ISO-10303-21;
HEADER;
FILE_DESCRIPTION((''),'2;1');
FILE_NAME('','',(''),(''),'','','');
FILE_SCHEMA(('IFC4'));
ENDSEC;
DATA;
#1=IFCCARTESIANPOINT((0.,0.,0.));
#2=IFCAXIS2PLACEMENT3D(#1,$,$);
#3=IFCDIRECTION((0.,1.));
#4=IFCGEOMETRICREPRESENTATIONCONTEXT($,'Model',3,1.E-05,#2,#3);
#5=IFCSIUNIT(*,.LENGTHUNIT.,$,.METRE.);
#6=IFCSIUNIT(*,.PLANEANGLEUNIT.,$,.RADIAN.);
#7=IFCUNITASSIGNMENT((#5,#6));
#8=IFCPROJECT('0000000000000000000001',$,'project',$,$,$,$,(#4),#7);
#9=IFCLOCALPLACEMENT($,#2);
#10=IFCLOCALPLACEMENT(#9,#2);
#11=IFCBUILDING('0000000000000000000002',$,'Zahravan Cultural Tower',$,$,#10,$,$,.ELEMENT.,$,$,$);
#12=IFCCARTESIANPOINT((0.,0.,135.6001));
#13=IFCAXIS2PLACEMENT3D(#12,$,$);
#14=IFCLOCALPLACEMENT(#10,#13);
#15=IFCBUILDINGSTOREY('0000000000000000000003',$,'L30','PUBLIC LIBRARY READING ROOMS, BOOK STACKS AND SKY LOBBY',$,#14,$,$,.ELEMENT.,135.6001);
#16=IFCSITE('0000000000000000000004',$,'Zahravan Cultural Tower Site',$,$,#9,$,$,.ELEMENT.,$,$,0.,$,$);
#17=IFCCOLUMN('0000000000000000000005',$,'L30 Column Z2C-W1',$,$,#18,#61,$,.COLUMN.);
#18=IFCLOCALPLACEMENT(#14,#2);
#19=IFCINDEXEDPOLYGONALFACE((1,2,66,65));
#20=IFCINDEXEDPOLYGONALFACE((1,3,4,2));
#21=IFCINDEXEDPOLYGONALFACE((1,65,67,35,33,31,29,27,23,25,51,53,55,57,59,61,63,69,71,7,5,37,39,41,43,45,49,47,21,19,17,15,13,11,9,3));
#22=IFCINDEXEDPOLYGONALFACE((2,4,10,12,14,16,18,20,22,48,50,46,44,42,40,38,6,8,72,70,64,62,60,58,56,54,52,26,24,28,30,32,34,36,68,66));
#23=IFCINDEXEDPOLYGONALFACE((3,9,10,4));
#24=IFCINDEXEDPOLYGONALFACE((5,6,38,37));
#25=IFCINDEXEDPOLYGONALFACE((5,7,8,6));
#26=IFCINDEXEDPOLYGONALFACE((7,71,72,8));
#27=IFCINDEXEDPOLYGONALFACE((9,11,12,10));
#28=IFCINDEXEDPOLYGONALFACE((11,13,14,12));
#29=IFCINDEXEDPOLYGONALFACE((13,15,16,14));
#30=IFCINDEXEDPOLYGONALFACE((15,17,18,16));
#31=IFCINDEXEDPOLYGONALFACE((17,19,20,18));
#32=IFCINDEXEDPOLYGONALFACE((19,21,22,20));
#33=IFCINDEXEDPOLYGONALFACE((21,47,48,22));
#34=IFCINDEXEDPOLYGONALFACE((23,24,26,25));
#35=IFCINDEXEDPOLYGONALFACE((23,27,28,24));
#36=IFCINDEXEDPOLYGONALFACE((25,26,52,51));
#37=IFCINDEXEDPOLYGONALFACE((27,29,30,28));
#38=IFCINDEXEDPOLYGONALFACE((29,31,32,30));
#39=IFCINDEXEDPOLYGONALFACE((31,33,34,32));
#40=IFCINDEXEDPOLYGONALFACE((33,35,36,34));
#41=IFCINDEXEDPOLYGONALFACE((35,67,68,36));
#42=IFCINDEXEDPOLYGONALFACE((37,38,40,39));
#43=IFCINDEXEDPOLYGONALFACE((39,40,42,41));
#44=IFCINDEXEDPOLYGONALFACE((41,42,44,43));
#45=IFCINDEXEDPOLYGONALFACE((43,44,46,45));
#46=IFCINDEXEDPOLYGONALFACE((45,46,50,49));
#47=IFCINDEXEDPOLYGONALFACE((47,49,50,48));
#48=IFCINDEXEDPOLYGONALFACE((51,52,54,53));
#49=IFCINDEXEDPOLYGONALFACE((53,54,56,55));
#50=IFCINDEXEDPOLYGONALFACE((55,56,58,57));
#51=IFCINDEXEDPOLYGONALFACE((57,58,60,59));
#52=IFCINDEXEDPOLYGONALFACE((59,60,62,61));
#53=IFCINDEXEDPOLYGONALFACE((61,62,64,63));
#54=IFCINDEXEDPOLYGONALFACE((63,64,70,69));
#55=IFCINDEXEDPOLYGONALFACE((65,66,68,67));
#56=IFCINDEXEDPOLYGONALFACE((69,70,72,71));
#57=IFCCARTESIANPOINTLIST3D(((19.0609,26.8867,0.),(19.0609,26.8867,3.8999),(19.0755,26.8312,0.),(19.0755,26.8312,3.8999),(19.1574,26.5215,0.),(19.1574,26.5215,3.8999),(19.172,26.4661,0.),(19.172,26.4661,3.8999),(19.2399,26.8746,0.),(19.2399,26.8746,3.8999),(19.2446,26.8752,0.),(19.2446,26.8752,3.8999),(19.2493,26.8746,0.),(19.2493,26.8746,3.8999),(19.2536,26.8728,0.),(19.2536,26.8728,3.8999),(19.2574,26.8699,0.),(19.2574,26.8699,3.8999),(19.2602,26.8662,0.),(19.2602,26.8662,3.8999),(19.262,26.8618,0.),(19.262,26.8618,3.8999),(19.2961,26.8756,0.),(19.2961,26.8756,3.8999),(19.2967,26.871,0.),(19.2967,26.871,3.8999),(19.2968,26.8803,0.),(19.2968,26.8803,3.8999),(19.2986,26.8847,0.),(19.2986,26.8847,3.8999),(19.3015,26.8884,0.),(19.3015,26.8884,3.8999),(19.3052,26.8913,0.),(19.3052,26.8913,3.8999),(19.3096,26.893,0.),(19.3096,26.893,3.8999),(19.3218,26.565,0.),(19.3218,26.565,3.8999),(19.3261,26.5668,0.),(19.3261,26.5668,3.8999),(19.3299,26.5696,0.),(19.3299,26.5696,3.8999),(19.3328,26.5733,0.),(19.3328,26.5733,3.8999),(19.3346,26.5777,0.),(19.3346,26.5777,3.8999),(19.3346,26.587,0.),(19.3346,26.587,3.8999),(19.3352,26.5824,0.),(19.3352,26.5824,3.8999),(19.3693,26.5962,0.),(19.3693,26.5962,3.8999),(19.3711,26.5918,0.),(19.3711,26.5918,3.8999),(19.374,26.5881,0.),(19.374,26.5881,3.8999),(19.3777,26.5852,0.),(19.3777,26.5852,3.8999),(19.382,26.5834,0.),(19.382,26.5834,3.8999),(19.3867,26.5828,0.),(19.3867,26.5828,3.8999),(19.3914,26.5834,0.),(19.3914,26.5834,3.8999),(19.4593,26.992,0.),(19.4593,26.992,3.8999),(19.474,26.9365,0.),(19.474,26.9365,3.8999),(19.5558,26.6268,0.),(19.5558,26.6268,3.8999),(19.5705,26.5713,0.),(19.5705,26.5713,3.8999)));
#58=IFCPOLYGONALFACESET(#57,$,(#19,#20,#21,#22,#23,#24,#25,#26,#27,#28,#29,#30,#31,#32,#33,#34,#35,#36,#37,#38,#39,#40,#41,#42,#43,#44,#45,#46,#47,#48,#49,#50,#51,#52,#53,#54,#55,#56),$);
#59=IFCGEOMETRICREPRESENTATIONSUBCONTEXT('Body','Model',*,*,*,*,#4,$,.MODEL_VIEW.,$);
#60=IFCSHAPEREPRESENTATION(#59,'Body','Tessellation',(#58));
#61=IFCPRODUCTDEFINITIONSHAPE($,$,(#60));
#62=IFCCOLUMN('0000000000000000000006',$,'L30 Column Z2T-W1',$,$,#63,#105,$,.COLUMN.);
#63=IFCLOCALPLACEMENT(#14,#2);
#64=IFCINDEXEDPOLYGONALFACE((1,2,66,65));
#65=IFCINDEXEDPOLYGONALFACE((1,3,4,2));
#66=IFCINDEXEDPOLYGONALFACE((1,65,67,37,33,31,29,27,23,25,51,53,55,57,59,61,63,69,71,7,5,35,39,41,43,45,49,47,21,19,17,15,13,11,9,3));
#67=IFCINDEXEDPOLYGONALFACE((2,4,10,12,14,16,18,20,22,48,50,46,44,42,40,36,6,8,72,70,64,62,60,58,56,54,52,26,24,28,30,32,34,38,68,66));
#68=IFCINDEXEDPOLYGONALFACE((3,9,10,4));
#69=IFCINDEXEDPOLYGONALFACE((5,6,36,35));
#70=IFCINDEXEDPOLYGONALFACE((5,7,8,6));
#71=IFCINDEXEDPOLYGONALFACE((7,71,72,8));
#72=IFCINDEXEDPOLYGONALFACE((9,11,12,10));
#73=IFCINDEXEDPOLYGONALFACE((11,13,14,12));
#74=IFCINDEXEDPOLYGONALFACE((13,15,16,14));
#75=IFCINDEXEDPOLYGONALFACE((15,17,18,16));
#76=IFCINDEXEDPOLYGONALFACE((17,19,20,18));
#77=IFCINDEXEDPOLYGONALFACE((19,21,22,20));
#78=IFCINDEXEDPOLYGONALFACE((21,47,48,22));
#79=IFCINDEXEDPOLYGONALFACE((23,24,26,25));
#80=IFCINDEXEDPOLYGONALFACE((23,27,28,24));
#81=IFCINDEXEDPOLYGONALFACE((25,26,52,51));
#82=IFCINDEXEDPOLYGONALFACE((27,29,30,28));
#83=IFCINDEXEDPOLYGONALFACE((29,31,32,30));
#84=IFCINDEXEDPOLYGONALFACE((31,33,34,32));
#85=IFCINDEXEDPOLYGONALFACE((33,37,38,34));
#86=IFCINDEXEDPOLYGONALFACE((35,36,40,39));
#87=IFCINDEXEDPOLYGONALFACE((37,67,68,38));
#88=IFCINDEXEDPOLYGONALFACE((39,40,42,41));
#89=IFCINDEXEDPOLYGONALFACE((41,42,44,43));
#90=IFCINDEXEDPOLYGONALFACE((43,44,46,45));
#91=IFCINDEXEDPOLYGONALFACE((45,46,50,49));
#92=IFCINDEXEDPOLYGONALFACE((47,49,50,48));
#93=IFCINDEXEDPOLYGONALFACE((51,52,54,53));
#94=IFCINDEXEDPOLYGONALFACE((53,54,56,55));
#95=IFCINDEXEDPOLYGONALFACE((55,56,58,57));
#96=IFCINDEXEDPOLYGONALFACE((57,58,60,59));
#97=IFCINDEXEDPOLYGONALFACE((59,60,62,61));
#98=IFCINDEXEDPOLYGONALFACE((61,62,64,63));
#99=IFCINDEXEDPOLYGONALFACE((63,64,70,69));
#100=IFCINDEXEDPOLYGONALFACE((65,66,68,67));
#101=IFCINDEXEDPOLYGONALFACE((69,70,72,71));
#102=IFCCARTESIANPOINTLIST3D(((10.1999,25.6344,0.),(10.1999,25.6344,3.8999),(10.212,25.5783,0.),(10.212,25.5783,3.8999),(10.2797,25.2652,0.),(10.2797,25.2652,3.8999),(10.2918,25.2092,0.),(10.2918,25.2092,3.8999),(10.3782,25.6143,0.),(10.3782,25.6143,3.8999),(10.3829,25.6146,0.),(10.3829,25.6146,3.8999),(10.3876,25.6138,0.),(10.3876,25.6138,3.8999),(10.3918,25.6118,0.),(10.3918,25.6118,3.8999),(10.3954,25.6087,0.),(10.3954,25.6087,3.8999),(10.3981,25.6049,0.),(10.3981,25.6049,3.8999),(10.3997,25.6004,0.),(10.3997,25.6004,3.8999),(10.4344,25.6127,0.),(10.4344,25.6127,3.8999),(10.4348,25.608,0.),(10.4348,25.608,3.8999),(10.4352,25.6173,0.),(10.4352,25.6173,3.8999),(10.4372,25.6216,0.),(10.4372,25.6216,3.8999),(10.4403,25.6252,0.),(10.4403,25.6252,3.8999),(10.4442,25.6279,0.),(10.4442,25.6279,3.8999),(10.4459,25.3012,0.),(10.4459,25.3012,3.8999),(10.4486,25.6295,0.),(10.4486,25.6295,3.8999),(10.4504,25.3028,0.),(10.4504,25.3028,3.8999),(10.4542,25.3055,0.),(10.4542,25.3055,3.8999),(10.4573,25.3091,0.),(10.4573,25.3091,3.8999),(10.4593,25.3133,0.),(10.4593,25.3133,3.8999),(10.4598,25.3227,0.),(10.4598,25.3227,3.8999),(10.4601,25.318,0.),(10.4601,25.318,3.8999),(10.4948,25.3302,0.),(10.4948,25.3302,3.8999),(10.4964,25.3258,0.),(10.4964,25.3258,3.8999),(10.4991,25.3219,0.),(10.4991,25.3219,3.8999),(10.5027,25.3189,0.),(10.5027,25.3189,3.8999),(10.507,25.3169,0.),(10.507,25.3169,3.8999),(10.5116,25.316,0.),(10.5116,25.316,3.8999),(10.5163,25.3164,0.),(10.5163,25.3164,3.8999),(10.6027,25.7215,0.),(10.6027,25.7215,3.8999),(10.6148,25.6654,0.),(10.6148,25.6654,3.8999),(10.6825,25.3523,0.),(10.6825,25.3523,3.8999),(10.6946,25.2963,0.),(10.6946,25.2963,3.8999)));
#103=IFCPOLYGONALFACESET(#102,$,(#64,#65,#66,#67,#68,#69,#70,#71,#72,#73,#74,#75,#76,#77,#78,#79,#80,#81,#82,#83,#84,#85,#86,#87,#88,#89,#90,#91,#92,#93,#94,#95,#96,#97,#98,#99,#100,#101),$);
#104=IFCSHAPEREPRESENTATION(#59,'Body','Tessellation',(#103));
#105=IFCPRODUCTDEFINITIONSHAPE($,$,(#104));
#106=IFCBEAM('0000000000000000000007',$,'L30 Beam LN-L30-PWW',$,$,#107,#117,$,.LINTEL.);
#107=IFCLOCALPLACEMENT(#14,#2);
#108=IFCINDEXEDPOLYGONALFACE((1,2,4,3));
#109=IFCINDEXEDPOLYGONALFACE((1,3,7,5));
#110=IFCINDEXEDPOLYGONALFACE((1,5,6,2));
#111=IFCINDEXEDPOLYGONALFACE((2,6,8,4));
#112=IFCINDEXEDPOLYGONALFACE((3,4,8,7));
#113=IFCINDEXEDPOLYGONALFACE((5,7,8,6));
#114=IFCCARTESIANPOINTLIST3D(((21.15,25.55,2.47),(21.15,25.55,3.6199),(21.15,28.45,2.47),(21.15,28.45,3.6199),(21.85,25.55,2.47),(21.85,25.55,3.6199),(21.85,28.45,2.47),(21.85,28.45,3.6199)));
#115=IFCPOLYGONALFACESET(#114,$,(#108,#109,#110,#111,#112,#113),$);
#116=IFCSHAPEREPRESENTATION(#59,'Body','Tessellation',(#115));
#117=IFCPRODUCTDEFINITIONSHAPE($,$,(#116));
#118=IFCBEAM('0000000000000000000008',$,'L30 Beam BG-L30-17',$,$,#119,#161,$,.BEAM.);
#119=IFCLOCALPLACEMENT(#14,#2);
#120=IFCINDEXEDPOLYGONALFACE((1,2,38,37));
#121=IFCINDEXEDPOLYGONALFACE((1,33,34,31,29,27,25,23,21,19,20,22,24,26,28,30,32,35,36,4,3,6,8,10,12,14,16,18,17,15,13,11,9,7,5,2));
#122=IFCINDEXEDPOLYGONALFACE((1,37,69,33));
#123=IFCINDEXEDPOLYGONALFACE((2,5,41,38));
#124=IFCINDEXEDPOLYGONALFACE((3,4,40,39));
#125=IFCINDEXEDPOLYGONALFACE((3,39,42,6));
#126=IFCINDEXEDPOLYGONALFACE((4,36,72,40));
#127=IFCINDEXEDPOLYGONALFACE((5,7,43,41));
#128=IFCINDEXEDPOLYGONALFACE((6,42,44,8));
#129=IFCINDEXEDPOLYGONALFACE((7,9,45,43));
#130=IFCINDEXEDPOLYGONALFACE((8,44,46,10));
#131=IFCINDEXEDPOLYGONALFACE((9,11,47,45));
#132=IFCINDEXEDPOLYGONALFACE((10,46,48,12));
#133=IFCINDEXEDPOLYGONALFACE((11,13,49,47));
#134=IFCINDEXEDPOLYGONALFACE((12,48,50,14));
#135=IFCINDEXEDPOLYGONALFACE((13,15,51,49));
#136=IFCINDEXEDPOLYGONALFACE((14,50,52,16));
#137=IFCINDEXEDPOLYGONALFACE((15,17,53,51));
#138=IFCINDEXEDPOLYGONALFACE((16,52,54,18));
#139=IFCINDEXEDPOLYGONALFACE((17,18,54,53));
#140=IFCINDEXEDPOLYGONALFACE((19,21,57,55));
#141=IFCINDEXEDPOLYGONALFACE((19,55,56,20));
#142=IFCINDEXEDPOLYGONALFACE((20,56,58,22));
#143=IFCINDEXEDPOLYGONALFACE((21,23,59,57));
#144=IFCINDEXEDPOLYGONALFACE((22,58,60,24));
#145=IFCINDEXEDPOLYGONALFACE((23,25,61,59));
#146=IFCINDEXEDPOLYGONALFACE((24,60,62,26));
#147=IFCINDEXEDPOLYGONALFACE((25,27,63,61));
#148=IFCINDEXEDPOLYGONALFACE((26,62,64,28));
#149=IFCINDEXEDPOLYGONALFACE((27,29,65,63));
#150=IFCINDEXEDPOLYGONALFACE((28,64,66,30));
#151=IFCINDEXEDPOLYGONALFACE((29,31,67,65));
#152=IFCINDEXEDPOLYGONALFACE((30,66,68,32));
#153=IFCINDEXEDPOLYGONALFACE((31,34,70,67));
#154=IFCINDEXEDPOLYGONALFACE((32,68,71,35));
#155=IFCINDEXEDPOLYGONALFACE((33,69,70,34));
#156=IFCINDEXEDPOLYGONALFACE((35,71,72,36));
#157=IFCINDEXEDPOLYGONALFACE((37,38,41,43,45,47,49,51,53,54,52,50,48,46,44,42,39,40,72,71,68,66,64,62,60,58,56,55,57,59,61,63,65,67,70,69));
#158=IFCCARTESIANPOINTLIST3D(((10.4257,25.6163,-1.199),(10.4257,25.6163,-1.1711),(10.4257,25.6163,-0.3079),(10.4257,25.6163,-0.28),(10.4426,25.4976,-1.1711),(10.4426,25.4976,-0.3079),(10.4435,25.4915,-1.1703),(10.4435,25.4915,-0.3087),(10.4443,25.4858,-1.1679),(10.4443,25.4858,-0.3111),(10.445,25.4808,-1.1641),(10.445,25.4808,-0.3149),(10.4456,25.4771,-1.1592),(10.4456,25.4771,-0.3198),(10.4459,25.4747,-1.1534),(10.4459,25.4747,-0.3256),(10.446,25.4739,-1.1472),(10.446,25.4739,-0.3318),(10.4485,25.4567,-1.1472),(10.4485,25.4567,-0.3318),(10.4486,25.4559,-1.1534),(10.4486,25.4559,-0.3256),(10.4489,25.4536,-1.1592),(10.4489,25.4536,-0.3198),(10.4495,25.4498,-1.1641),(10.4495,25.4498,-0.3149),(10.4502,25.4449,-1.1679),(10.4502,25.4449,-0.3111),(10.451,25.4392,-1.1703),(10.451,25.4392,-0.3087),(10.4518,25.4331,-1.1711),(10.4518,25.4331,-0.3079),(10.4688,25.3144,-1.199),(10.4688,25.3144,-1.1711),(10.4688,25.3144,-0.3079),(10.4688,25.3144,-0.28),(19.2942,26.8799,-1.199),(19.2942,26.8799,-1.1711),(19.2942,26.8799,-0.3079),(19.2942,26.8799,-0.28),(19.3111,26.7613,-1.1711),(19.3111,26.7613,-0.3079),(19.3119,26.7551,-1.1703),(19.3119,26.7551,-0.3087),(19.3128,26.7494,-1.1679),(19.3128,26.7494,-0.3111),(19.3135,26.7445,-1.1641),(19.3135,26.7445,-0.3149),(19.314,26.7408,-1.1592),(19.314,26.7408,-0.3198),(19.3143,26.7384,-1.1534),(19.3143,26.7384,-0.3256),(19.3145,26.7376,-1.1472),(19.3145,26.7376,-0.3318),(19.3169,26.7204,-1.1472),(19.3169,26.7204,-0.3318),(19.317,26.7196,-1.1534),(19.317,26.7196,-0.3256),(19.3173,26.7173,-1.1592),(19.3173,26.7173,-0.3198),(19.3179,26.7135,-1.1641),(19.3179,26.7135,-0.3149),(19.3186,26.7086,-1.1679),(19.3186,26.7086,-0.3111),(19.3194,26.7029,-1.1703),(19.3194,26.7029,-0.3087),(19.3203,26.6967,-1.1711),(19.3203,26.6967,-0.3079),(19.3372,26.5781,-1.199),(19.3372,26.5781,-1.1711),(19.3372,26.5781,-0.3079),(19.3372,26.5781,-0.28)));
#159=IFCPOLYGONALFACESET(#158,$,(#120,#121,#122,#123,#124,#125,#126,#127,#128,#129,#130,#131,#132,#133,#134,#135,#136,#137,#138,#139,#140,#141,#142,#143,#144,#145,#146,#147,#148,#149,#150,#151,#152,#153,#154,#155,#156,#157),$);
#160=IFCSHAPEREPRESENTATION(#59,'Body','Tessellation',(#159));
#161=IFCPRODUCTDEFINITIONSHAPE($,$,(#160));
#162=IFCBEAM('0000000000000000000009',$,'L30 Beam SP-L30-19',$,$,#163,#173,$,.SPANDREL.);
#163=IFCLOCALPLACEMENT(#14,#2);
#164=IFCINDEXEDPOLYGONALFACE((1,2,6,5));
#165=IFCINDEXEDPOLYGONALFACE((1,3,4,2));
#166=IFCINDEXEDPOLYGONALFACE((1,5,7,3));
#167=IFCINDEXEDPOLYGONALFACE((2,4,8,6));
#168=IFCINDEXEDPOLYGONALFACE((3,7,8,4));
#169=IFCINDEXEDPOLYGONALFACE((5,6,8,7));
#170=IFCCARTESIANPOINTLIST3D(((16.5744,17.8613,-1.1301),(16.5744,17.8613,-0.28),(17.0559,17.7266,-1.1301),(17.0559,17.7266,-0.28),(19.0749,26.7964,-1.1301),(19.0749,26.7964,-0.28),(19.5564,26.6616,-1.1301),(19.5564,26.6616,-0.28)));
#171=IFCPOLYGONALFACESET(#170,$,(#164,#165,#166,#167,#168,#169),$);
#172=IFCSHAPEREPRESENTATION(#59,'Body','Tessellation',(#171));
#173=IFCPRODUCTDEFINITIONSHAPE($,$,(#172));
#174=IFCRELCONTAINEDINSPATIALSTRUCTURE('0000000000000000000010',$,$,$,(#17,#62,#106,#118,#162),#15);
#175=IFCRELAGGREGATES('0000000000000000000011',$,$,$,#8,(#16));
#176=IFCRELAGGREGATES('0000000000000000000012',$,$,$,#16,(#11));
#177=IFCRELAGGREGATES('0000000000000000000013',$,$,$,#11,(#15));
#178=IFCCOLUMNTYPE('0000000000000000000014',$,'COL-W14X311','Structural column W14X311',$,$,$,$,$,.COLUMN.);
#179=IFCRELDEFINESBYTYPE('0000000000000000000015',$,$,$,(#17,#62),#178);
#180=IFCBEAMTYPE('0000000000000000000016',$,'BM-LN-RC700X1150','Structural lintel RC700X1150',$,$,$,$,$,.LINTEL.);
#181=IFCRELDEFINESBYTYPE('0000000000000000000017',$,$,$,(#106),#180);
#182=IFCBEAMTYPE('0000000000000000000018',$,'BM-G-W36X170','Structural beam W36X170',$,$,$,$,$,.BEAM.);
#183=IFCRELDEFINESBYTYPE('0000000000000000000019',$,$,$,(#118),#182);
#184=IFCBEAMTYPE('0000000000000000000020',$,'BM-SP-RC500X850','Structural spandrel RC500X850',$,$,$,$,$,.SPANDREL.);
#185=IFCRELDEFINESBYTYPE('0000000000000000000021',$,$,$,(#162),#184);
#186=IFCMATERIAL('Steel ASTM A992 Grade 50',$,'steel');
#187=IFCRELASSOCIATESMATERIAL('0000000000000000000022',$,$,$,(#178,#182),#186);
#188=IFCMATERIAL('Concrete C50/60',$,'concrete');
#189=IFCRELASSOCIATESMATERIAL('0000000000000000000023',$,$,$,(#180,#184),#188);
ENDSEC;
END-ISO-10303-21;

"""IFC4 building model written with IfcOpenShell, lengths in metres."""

from ifc_helpers import new_model, si_unit, direction, frame, origin, origin_2d, place, context, subcontext, project, spatial, rectangle, i_section, extrude, source, transform, mapped, material, material_profile, profile_set, type_object, element, save


model = new_model("IFC4")

# Units and contexts
model_context = context("Model", 3, precision=1e-05, world=origin(), true_north=direction((0.0, 1.0)))
body_context = subcontext(model_context, "Body", "Model", "MODEL_VIEW")
ifc_project = project(units=[si_unit("LENGTHUNIT", "METRE"), si_unit("PLANEANGLEUNIT", "RADIAN")], contexts=[model_context])

# Site, building, storey
site_placement = place(None, origin())
site = spatial("IfcSite", under=ifc_project, at=site_placement, Name="Zahravan Cultural Tower Site", CompositionType="ELEMENT", RefElevation=0.0)
building_placement = place(site_placement, origin())
building = spatial("IfcBuilding", under=site, at=building_placement, Name="Zahravan Cultural Tower", CompositionType="ELEMENT")
storey_placement = place(building_placement, frame((0.0, 0.0, 135.6001)))
storey = spatial("IfcBuildingStorey", under=building, at=storey_placement, Name="L30", Description="PUBLIC LIBRARY READING ROOMS, BOOK STACKS AND SKY LOBBY", CompositionType="ELEMENT", Elevation=135.6001)

# Columns
ifc_material_1 = material(Name="Steel ASTM A992 Grade 50", Category="steel")
ifc_material_profile_1 = material_profile(ifc_material_1, i_section(OverallWidth=0.4121, OverallDepth=0.4351, WebThickness=0.0359, FlangeThickness=0.0574, FilletRadius=0.0181, at=origin_2d()), Name="W14X311")
ifc_profile_set_1 = profile_set([ifc_material_profile_1], Name="Steel ASTM A992 Grade 50")
column_type = type_object("IfcColumnType", Name="COL-W14X311", Description="Structural column W14X311", PredefinedType="COLUMN", material=ifc_profile_set_1)
shared_shape_1 = source(origin(), body_context, "Body", "SweptSolid", [
    extrude(i_section(OverallWidth=0.4121, OverallDepth=0.4351, WebThickness=0.0359, FlangeThickness=0.0574, FilletRadius=0.0181, at=origin_2d()), origin(), (0.0, 0.0, 1.0), 3.8999),
])
for number, where, z_axis, x_axis, name in (
    (1, (19.3157, 26.729, 0.0), (0.0, 0.0, 1.0), (0.966823, 0.255446, 0.0), "L30 Column Z2C-W1"),
    (2, (10.4473, 25.4653, 0.0), (0.0, 0.0, 1.0), (0.977416, 0.211325, 0.0), "L30 Column Z2T-W1"),
):
    element("IfcColumn", number, at=place(storey_placement, frame(where, z_axis=z_axis, x_axis=x_axis)), inside=storey, type_object=column_type, Name=name, PredefinedType="COLUMN", context=body_context, shape_type="MappedRepresentation", body=[
        mapped(shared_shape_1, transform((0.0, 0.0, 0.0), x_axis=(1.0, 0.0, 0.0), y_axis=(0.0, 1.0, 0.0), z_axis=(0.0, 0.0, 1.0), scale=1.0)),
    ])

# Beams
ifc_material_2 = material(Name="Concrete C50/60", Category="concrete")
ifc_material_profile_2 = material_profile(ifc_material_2, rectangle(XDim=0.7, YDim=1.1499, at=origin_2d()), Name="RC700X1150")
ifc_profile_set_2 = profile_set([ifc_material_profile_2], Name="Concrete C50/60")
beam_type_1 = type_object("IfcBeamType", Name="BM-LN-RC700X1150", Description="Structural lintel RC700X1150", PredefinedType="LINTEL", material=ifc_profile_set_2)
shared_shape_2 = source(origin(), body_context, "Body", "SweptSolid", [
    extrude(rectangle(XDim=0.7, YDim=1.1499, at=origin_2d()), origin(), (0.0, 0.0, 1.0), 2.8999),
])
beam_1_placement = place(storey_placement, frame((21.5, 25.55, 3.0449), z_axis=(0.0, 1.0, 0.0), x_axis=(-1.0, 0.0, 0.0)))
element("IfcBeam", 3, at=beam_1_placement, inside=storey, type_object=beam_type_1, Name="L30 Beam LN-L30-PWW", PredefinedType="LINTEL", context=body_context, shape_type="MappedRepresentation", body=[
    mapped(shared_shape_2, transform((0.0, 0.0, 0.0), x_axis=(1.0, 0.0, 0.0), y_axis=(0.0, 1.0, 0.0), z_axis=(0.0, 0.0, 1.0), scale=1.0)),
])
ifc_material_profile_3 = material_profile(ifc_material_1, i_section(OverallWidth=0.3049, OverallDepth=0.9189, WebThickness=0.0173, FlangeThickness=0.0278, FilletRadius=0.0239, at=origin_2d()), Name="W36X170")
ifc_profile_set_3 = profile_set([ifc_material_profile_3], Name="Steel ASTM A992 Grade 50")
beam_type_2 = type_object("IfcBeamType", Name="BM-G-W36X170", Description="Structural beam W36X170", PredefinedType="BEAM", material=ifc_profile_set_3)
shared_shape_3 = source(origin(), body_context, "Body", "SweptSolid", [
    extrude(i_section(OverallWidth=0.3049, OverallDepth=0.9189, WebThickness=0.0173, FlangeThickness=0.0278, FilletRadius=0.0239, at=origin_2d()), origin(), (0.0, 0.0, 1.0), 8.958),
])
beam_2_placement = place(storey_placement, frame((19.3157, 26.729, -0.7395), z_axis=(-0.99, -0.141067, 0.0), x_axis=(0.141067, -0.99, 0.0)))
element("IfcBeam", 4, at=beam_2_placement, inside=storey, type_object=beam_type_2, Name="L30 Beam BG-L30-17", PredefinedType="BEAM", context=body_context, shape_type="MappedRepresentation", body=[
    mapped(shared_shape_3, transform((0.0, 0.0, 0.0), x_axis=(1.0, 0.0, 0.0), y_axis=(0.0, 1.0, 0.0), z_axis=(0.0, 0.0, 1.0), scale=1.0)),
])
ifc_material_profile_4 = material_profile(ifc_material_2, rectangle(XDim=0.5, YDim=0.8501, at=origin_2d()), Name="RC500X850")
ifc_profile_set_4 = profile_set([ifc_material_profile_4], Name="Concrete C50/60")
beam_type_3 = type_object("IfcBeamType", Name="BM-SP-RC500X850", Description="Structural spandrel RC500X850", PredefinedType="SPANDREL", material=ifc_profile_set_4)
shared_shape_4 = source(origin(), body_context, "Body", "SweptSolid", [
    extrude(rectangle(XDim=0.5, YDim=0.8501, at=origin_2d()), origin(), (0.0, 0.0, 1.0), 9.2783),
])
beam_3_placement = place(storey_placement, frame((19.3157, 26.729, -0.7051), z_axis=(-0.269497, -0.963001, 0.0), x_axis=(0.963001, -0.269497, 0.0)))
element("IfcBeam", 5, at=beam_3_placement, inside=storey, type_object=beam_type_3, Name="L30 Beam SP-L30-19", PredefinedType="SPANDREL", context=body_context, shape_type="MappedRepresentation", body=[
    mapped(shared_shape_4, transform((0.0, 0.0, 0.0), x_axis=(1.0, 0.0, 0.0), y_axis=(0.0, 1.0, 0.0), z_axis=(0.0, 0.0, 1.0), scale=1.0)),
])

save(model, "model.ifc")
